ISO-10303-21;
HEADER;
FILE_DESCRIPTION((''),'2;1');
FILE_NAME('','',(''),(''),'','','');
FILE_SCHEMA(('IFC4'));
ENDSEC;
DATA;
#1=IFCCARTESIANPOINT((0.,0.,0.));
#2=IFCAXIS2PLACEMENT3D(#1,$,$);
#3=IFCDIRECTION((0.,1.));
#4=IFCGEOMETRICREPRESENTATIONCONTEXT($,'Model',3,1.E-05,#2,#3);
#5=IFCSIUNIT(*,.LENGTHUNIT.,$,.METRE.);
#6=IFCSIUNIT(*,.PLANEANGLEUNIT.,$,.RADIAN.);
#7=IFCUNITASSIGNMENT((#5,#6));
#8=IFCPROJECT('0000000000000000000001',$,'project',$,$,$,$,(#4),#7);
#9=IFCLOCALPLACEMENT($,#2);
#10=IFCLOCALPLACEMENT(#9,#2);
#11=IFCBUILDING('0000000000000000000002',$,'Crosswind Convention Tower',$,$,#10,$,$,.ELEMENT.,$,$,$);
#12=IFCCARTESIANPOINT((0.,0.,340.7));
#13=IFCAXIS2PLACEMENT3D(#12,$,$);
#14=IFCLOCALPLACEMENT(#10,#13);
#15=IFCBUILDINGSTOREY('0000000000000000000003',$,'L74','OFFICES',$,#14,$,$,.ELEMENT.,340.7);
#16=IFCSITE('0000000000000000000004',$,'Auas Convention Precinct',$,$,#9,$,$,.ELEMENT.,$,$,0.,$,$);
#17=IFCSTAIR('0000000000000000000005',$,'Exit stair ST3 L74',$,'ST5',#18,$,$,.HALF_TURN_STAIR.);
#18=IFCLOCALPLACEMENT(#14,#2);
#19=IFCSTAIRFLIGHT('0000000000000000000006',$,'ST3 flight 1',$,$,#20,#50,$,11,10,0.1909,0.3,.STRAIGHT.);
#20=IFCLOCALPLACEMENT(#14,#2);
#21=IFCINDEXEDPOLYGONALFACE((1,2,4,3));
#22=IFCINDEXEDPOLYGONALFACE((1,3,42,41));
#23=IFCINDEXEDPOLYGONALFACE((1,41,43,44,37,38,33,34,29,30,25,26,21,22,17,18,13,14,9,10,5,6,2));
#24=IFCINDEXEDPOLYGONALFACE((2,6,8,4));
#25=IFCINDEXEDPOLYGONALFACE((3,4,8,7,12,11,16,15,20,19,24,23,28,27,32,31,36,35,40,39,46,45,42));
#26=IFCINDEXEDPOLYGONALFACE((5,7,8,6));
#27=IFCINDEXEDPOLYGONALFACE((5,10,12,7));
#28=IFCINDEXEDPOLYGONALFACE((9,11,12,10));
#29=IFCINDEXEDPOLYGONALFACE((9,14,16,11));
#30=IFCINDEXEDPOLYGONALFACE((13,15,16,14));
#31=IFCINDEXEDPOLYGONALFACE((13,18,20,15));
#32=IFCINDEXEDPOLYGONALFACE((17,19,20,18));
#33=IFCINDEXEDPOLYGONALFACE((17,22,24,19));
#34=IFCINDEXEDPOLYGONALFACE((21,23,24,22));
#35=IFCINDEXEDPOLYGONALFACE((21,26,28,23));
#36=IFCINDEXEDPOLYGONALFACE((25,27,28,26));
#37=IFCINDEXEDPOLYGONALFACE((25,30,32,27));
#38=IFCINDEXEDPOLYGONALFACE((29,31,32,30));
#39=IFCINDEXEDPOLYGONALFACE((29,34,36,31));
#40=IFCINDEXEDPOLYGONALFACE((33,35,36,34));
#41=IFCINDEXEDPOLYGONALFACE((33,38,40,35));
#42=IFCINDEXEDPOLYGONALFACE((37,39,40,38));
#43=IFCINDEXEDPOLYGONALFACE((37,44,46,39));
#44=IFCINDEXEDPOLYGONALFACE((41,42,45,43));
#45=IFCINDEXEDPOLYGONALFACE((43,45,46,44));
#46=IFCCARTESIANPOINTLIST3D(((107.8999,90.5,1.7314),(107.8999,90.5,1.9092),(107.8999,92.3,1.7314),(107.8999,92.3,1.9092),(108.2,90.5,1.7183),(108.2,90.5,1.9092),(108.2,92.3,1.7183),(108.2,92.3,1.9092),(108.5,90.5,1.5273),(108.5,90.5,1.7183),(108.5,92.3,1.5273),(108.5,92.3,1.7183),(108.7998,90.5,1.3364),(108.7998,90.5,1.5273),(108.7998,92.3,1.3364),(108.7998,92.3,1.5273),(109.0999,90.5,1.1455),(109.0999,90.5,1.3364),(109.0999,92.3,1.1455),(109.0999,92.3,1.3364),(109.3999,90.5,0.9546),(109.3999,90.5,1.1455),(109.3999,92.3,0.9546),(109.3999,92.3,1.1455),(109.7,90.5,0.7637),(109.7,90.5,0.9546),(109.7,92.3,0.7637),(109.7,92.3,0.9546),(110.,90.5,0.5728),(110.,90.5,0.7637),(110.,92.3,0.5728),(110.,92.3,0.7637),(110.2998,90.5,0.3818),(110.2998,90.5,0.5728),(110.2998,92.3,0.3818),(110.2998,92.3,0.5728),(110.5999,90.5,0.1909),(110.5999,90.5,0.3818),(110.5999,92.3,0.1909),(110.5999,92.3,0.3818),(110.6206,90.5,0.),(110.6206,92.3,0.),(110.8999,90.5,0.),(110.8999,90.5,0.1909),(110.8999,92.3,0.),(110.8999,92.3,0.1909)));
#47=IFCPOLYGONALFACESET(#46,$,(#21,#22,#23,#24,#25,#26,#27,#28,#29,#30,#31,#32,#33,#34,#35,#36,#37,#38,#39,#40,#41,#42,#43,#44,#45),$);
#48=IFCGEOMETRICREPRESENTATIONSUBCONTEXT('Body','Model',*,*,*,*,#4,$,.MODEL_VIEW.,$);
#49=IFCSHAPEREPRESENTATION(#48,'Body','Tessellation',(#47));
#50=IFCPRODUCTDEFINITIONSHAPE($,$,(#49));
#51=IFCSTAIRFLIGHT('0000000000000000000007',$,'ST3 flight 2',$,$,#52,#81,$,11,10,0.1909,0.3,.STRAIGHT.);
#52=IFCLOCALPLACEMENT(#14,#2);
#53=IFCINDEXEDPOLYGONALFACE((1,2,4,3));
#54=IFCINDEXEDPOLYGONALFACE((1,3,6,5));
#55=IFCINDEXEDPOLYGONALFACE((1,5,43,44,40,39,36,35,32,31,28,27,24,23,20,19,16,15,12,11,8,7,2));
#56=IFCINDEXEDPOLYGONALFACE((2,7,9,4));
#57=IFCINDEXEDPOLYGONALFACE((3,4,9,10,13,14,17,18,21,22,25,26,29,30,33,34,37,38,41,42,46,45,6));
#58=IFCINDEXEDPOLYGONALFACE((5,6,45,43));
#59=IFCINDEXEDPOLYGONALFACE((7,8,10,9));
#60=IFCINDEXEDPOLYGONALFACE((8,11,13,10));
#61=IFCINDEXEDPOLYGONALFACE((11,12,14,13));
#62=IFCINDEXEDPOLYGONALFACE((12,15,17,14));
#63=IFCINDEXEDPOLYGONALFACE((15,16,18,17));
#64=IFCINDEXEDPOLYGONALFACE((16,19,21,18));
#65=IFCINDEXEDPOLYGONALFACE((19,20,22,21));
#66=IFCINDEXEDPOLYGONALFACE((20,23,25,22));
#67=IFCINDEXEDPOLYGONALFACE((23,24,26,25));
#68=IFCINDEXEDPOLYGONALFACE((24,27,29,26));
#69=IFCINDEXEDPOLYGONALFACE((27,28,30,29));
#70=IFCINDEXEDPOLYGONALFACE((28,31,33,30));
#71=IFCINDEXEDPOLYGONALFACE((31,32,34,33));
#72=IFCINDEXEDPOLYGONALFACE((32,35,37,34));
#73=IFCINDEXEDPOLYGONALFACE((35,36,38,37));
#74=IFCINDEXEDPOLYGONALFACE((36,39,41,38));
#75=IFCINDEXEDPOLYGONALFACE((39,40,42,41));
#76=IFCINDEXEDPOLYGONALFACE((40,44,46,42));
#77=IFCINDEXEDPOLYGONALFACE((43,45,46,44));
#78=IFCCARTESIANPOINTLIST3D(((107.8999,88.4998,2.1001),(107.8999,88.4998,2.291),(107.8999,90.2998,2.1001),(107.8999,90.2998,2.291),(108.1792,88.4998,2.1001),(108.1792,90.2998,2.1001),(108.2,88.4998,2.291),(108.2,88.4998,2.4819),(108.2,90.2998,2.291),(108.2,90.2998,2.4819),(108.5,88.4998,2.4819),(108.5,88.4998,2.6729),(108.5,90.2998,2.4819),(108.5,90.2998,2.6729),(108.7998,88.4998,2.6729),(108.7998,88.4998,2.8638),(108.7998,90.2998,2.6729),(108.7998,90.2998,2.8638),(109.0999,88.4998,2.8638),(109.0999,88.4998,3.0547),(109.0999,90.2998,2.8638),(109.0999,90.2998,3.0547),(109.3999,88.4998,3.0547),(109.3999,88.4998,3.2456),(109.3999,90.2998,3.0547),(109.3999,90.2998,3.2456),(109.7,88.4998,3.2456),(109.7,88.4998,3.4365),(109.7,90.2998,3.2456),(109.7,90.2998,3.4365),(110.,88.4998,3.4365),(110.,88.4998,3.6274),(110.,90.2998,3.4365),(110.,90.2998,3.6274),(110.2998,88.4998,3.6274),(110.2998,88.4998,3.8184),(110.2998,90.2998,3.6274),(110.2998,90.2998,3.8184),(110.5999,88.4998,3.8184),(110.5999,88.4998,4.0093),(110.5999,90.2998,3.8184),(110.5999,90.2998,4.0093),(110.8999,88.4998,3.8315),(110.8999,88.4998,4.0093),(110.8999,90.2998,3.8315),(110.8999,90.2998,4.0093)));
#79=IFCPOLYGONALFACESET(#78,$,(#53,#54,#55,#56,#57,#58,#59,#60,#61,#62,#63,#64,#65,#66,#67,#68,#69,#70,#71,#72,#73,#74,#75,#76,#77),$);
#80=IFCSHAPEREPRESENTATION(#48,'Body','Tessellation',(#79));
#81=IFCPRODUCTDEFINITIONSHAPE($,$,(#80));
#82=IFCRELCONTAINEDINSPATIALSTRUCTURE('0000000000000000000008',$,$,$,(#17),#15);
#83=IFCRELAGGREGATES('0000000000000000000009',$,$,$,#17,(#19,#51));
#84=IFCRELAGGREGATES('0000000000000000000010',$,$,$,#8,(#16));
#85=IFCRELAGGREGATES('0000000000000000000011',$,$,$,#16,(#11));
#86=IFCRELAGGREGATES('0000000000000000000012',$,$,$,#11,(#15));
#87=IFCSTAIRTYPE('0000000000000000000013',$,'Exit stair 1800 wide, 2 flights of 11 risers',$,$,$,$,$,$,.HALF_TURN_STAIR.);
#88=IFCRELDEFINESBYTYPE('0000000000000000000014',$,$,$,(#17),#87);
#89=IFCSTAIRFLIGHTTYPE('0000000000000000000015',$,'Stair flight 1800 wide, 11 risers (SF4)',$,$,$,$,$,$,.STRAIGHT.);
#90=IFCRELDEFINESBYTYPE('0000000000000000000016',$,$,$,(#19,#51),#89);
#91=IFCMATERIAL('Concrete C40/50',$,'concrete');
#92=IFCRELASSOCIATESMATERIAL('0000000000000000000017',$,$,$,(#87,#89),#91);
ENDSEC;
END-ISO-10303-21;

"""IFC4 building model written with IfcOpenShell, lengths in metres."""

from ifc_helpers import new_model, si_unit, direction, frame, origin, place, context, subcontext, project, spatial, polyline, outline, extrude, material, type_object, element, aggregate, save


model = new_model("IFC4")

# Units and contexts
model_context = context("Model", 3, precision=1e-05, world=origin(), true_north=direction((0.0, 1.0)))
body_context = subcontext(model_context, "Body", "Model", "MODEL_VIEW")
ifc_project = project(units=[si_unit("LENGTHUNIT", "METRE"), si_unit("PLANEANGLEUNIT", "RADIAN")], contexts=[model_context])

# Site, building, storey
site_placement = place(None, origin())
site = spatial("IfcSite", under=ifc_project, at=site_placement, Name="Auas Convention Precinct", CompositionType="ELEMENT", RefElevation=0.0)
building_placement = place(site_placement, origin())
building = spatial("IfcBuilding", under=site, at=building_placement, Name="Crosswind Convention Tower", CompositionType="ELEMENT")
storey_placement = place(building_placement, frame((0.0, 0.0, 340.7)))
storey = spatial("IfcBuildingStorey", under=building, at=storey_placement, Name="L74", Description="OFFICES", CompositionType="ELEMENT", Elevation=340.7)

# Shared definitions
ifc_material_1 = material(Name="Concrete C40/50", Category="concrete")

# Stair
stair_type = type_object("IfcStairType", Name="Exit stair 1800 wide, 2 flights of 11 risers", PredefinedType="HALF_TURN_STAIR", material=ifc_material_1)
stair_1_placement = place(storey_placement, origin())
stair_1 = element("IfcStair", 1, at=stair_1_placement, inside=storey, type_object=stair_type, Name="Exit stair ST3 L74", ObjectType="ST5", PredefinedType="HALF_TURN_STAIR")

# Stair flights
stair_flight_type = type_object("IfcStairFlightType", Name="Stair flight 1800 wide, 11 risers (SF4)", PredefinedType="STRAIGHT", material=ifc_material_1)
stair_flight_1_placement = place(storey_placement, frame((110.8999, 91.3999, 0.0), z_axis=(0.0, 0.0, 1.0), x_axis=(-1.0, 0.0, 0.0)))
stair_flight_1 = element("IfcStairFlight", 2, at=stair_flight_1_placement, type_object=stair_flight_type, Name="ST3 flight 1", NumberOfRisers=11, NumberOfTreads=10, PredefinedType="STRAIGHT", RiserHeight=0.1909, TreadLength=0.3, context=body_context, shape_type="SweptSolid", body=[
    extrude(outline(polyline([(0.0, 0.0), (0.0, 0.1909), (0.3, 0.1909), (0.3, 0.3818), (0.6001, 0.3818), (0.6001, 0.5728), (0.8999, 0.5728), (0.8999, 0.7637), (1.2, 0.7637), (1.2, 0.9546), (1.5, 0.9546), (1.5, 1.1455), (1.8, 1.1455), (1.8, 1.3364), (2.1001, 1.3364), (2.1001, 1.5273), (2.3999, 1.5273), (2.3999, 1.7183), (2.7, 1.7183), (2.7, 1.9092), (3.0, 1.9092), (3.0, 2.1001), (3.0, 1.7314), (0.2793, 0.0), (0.0, 0.0)])), frame((0.0, 0.8999, 0.0), z_axis=(0.0, -1.0, 0.0), x_axis=(1.0, 0.0, 0.0)), (0.0, 0.0, 1.0), 1.8),
])
stair_flight_2_placement = place(storey_placement, frame((107.8999, 89.3999, 2.1001), z_axis=(0.0, 0.0, 1.0), x_axis=(1.0, 0.0, 0.0)))
stair_flight_2 = element("IfcStairFlight", 3, at=stair_flight_2_placement, type_object=stair_flight_type, Name="ST3 flight 2", NumberOfRisers=11, NumberOfTreads=10, PredefinedType="STRAIGHT", RiserHeight=0.1909, TreadLength=0.3, context=body_context, shape_type="SweptSolid", body=[
    extrude(outline(polyline([(0.0, 0.0), (0.0, 0.1909), (0.3, 0.1909), (0.3, 0.3818), (0.6001, 0.3818), (0.6001, 0.5728), (0.8999, 0.5728), (0.8999, 0.7637), (1.2, 0.7637), (1.2, 0.9546), (1.5, 0.9546), (1.5, 1.1455), (1.8, 1.1455), (1.8, 1.3364), (2.1001, 1.3364), (2.1001, 1.5273), (2.3999, 1.5273), (2.3999, 1.7183), (2.7, 1.7183), (2.7, 1.9092), (3.0, 1.9092), (3.0, 2.1001), (3.0, 1.7314), (0.2793, 0.0), (0.0, 0.0)])), frame((0.0, 0.8999, 0.0), z_axis=(0.0, -1.0, 0.0), x_axis=(1.0, 0.0, 0.0)), (0.0, 0.0, 1.0), 1.8),
])
aggregate(stair_1, [stair_flight_1, stair_flight_2])

save(model, "model.ifc")
